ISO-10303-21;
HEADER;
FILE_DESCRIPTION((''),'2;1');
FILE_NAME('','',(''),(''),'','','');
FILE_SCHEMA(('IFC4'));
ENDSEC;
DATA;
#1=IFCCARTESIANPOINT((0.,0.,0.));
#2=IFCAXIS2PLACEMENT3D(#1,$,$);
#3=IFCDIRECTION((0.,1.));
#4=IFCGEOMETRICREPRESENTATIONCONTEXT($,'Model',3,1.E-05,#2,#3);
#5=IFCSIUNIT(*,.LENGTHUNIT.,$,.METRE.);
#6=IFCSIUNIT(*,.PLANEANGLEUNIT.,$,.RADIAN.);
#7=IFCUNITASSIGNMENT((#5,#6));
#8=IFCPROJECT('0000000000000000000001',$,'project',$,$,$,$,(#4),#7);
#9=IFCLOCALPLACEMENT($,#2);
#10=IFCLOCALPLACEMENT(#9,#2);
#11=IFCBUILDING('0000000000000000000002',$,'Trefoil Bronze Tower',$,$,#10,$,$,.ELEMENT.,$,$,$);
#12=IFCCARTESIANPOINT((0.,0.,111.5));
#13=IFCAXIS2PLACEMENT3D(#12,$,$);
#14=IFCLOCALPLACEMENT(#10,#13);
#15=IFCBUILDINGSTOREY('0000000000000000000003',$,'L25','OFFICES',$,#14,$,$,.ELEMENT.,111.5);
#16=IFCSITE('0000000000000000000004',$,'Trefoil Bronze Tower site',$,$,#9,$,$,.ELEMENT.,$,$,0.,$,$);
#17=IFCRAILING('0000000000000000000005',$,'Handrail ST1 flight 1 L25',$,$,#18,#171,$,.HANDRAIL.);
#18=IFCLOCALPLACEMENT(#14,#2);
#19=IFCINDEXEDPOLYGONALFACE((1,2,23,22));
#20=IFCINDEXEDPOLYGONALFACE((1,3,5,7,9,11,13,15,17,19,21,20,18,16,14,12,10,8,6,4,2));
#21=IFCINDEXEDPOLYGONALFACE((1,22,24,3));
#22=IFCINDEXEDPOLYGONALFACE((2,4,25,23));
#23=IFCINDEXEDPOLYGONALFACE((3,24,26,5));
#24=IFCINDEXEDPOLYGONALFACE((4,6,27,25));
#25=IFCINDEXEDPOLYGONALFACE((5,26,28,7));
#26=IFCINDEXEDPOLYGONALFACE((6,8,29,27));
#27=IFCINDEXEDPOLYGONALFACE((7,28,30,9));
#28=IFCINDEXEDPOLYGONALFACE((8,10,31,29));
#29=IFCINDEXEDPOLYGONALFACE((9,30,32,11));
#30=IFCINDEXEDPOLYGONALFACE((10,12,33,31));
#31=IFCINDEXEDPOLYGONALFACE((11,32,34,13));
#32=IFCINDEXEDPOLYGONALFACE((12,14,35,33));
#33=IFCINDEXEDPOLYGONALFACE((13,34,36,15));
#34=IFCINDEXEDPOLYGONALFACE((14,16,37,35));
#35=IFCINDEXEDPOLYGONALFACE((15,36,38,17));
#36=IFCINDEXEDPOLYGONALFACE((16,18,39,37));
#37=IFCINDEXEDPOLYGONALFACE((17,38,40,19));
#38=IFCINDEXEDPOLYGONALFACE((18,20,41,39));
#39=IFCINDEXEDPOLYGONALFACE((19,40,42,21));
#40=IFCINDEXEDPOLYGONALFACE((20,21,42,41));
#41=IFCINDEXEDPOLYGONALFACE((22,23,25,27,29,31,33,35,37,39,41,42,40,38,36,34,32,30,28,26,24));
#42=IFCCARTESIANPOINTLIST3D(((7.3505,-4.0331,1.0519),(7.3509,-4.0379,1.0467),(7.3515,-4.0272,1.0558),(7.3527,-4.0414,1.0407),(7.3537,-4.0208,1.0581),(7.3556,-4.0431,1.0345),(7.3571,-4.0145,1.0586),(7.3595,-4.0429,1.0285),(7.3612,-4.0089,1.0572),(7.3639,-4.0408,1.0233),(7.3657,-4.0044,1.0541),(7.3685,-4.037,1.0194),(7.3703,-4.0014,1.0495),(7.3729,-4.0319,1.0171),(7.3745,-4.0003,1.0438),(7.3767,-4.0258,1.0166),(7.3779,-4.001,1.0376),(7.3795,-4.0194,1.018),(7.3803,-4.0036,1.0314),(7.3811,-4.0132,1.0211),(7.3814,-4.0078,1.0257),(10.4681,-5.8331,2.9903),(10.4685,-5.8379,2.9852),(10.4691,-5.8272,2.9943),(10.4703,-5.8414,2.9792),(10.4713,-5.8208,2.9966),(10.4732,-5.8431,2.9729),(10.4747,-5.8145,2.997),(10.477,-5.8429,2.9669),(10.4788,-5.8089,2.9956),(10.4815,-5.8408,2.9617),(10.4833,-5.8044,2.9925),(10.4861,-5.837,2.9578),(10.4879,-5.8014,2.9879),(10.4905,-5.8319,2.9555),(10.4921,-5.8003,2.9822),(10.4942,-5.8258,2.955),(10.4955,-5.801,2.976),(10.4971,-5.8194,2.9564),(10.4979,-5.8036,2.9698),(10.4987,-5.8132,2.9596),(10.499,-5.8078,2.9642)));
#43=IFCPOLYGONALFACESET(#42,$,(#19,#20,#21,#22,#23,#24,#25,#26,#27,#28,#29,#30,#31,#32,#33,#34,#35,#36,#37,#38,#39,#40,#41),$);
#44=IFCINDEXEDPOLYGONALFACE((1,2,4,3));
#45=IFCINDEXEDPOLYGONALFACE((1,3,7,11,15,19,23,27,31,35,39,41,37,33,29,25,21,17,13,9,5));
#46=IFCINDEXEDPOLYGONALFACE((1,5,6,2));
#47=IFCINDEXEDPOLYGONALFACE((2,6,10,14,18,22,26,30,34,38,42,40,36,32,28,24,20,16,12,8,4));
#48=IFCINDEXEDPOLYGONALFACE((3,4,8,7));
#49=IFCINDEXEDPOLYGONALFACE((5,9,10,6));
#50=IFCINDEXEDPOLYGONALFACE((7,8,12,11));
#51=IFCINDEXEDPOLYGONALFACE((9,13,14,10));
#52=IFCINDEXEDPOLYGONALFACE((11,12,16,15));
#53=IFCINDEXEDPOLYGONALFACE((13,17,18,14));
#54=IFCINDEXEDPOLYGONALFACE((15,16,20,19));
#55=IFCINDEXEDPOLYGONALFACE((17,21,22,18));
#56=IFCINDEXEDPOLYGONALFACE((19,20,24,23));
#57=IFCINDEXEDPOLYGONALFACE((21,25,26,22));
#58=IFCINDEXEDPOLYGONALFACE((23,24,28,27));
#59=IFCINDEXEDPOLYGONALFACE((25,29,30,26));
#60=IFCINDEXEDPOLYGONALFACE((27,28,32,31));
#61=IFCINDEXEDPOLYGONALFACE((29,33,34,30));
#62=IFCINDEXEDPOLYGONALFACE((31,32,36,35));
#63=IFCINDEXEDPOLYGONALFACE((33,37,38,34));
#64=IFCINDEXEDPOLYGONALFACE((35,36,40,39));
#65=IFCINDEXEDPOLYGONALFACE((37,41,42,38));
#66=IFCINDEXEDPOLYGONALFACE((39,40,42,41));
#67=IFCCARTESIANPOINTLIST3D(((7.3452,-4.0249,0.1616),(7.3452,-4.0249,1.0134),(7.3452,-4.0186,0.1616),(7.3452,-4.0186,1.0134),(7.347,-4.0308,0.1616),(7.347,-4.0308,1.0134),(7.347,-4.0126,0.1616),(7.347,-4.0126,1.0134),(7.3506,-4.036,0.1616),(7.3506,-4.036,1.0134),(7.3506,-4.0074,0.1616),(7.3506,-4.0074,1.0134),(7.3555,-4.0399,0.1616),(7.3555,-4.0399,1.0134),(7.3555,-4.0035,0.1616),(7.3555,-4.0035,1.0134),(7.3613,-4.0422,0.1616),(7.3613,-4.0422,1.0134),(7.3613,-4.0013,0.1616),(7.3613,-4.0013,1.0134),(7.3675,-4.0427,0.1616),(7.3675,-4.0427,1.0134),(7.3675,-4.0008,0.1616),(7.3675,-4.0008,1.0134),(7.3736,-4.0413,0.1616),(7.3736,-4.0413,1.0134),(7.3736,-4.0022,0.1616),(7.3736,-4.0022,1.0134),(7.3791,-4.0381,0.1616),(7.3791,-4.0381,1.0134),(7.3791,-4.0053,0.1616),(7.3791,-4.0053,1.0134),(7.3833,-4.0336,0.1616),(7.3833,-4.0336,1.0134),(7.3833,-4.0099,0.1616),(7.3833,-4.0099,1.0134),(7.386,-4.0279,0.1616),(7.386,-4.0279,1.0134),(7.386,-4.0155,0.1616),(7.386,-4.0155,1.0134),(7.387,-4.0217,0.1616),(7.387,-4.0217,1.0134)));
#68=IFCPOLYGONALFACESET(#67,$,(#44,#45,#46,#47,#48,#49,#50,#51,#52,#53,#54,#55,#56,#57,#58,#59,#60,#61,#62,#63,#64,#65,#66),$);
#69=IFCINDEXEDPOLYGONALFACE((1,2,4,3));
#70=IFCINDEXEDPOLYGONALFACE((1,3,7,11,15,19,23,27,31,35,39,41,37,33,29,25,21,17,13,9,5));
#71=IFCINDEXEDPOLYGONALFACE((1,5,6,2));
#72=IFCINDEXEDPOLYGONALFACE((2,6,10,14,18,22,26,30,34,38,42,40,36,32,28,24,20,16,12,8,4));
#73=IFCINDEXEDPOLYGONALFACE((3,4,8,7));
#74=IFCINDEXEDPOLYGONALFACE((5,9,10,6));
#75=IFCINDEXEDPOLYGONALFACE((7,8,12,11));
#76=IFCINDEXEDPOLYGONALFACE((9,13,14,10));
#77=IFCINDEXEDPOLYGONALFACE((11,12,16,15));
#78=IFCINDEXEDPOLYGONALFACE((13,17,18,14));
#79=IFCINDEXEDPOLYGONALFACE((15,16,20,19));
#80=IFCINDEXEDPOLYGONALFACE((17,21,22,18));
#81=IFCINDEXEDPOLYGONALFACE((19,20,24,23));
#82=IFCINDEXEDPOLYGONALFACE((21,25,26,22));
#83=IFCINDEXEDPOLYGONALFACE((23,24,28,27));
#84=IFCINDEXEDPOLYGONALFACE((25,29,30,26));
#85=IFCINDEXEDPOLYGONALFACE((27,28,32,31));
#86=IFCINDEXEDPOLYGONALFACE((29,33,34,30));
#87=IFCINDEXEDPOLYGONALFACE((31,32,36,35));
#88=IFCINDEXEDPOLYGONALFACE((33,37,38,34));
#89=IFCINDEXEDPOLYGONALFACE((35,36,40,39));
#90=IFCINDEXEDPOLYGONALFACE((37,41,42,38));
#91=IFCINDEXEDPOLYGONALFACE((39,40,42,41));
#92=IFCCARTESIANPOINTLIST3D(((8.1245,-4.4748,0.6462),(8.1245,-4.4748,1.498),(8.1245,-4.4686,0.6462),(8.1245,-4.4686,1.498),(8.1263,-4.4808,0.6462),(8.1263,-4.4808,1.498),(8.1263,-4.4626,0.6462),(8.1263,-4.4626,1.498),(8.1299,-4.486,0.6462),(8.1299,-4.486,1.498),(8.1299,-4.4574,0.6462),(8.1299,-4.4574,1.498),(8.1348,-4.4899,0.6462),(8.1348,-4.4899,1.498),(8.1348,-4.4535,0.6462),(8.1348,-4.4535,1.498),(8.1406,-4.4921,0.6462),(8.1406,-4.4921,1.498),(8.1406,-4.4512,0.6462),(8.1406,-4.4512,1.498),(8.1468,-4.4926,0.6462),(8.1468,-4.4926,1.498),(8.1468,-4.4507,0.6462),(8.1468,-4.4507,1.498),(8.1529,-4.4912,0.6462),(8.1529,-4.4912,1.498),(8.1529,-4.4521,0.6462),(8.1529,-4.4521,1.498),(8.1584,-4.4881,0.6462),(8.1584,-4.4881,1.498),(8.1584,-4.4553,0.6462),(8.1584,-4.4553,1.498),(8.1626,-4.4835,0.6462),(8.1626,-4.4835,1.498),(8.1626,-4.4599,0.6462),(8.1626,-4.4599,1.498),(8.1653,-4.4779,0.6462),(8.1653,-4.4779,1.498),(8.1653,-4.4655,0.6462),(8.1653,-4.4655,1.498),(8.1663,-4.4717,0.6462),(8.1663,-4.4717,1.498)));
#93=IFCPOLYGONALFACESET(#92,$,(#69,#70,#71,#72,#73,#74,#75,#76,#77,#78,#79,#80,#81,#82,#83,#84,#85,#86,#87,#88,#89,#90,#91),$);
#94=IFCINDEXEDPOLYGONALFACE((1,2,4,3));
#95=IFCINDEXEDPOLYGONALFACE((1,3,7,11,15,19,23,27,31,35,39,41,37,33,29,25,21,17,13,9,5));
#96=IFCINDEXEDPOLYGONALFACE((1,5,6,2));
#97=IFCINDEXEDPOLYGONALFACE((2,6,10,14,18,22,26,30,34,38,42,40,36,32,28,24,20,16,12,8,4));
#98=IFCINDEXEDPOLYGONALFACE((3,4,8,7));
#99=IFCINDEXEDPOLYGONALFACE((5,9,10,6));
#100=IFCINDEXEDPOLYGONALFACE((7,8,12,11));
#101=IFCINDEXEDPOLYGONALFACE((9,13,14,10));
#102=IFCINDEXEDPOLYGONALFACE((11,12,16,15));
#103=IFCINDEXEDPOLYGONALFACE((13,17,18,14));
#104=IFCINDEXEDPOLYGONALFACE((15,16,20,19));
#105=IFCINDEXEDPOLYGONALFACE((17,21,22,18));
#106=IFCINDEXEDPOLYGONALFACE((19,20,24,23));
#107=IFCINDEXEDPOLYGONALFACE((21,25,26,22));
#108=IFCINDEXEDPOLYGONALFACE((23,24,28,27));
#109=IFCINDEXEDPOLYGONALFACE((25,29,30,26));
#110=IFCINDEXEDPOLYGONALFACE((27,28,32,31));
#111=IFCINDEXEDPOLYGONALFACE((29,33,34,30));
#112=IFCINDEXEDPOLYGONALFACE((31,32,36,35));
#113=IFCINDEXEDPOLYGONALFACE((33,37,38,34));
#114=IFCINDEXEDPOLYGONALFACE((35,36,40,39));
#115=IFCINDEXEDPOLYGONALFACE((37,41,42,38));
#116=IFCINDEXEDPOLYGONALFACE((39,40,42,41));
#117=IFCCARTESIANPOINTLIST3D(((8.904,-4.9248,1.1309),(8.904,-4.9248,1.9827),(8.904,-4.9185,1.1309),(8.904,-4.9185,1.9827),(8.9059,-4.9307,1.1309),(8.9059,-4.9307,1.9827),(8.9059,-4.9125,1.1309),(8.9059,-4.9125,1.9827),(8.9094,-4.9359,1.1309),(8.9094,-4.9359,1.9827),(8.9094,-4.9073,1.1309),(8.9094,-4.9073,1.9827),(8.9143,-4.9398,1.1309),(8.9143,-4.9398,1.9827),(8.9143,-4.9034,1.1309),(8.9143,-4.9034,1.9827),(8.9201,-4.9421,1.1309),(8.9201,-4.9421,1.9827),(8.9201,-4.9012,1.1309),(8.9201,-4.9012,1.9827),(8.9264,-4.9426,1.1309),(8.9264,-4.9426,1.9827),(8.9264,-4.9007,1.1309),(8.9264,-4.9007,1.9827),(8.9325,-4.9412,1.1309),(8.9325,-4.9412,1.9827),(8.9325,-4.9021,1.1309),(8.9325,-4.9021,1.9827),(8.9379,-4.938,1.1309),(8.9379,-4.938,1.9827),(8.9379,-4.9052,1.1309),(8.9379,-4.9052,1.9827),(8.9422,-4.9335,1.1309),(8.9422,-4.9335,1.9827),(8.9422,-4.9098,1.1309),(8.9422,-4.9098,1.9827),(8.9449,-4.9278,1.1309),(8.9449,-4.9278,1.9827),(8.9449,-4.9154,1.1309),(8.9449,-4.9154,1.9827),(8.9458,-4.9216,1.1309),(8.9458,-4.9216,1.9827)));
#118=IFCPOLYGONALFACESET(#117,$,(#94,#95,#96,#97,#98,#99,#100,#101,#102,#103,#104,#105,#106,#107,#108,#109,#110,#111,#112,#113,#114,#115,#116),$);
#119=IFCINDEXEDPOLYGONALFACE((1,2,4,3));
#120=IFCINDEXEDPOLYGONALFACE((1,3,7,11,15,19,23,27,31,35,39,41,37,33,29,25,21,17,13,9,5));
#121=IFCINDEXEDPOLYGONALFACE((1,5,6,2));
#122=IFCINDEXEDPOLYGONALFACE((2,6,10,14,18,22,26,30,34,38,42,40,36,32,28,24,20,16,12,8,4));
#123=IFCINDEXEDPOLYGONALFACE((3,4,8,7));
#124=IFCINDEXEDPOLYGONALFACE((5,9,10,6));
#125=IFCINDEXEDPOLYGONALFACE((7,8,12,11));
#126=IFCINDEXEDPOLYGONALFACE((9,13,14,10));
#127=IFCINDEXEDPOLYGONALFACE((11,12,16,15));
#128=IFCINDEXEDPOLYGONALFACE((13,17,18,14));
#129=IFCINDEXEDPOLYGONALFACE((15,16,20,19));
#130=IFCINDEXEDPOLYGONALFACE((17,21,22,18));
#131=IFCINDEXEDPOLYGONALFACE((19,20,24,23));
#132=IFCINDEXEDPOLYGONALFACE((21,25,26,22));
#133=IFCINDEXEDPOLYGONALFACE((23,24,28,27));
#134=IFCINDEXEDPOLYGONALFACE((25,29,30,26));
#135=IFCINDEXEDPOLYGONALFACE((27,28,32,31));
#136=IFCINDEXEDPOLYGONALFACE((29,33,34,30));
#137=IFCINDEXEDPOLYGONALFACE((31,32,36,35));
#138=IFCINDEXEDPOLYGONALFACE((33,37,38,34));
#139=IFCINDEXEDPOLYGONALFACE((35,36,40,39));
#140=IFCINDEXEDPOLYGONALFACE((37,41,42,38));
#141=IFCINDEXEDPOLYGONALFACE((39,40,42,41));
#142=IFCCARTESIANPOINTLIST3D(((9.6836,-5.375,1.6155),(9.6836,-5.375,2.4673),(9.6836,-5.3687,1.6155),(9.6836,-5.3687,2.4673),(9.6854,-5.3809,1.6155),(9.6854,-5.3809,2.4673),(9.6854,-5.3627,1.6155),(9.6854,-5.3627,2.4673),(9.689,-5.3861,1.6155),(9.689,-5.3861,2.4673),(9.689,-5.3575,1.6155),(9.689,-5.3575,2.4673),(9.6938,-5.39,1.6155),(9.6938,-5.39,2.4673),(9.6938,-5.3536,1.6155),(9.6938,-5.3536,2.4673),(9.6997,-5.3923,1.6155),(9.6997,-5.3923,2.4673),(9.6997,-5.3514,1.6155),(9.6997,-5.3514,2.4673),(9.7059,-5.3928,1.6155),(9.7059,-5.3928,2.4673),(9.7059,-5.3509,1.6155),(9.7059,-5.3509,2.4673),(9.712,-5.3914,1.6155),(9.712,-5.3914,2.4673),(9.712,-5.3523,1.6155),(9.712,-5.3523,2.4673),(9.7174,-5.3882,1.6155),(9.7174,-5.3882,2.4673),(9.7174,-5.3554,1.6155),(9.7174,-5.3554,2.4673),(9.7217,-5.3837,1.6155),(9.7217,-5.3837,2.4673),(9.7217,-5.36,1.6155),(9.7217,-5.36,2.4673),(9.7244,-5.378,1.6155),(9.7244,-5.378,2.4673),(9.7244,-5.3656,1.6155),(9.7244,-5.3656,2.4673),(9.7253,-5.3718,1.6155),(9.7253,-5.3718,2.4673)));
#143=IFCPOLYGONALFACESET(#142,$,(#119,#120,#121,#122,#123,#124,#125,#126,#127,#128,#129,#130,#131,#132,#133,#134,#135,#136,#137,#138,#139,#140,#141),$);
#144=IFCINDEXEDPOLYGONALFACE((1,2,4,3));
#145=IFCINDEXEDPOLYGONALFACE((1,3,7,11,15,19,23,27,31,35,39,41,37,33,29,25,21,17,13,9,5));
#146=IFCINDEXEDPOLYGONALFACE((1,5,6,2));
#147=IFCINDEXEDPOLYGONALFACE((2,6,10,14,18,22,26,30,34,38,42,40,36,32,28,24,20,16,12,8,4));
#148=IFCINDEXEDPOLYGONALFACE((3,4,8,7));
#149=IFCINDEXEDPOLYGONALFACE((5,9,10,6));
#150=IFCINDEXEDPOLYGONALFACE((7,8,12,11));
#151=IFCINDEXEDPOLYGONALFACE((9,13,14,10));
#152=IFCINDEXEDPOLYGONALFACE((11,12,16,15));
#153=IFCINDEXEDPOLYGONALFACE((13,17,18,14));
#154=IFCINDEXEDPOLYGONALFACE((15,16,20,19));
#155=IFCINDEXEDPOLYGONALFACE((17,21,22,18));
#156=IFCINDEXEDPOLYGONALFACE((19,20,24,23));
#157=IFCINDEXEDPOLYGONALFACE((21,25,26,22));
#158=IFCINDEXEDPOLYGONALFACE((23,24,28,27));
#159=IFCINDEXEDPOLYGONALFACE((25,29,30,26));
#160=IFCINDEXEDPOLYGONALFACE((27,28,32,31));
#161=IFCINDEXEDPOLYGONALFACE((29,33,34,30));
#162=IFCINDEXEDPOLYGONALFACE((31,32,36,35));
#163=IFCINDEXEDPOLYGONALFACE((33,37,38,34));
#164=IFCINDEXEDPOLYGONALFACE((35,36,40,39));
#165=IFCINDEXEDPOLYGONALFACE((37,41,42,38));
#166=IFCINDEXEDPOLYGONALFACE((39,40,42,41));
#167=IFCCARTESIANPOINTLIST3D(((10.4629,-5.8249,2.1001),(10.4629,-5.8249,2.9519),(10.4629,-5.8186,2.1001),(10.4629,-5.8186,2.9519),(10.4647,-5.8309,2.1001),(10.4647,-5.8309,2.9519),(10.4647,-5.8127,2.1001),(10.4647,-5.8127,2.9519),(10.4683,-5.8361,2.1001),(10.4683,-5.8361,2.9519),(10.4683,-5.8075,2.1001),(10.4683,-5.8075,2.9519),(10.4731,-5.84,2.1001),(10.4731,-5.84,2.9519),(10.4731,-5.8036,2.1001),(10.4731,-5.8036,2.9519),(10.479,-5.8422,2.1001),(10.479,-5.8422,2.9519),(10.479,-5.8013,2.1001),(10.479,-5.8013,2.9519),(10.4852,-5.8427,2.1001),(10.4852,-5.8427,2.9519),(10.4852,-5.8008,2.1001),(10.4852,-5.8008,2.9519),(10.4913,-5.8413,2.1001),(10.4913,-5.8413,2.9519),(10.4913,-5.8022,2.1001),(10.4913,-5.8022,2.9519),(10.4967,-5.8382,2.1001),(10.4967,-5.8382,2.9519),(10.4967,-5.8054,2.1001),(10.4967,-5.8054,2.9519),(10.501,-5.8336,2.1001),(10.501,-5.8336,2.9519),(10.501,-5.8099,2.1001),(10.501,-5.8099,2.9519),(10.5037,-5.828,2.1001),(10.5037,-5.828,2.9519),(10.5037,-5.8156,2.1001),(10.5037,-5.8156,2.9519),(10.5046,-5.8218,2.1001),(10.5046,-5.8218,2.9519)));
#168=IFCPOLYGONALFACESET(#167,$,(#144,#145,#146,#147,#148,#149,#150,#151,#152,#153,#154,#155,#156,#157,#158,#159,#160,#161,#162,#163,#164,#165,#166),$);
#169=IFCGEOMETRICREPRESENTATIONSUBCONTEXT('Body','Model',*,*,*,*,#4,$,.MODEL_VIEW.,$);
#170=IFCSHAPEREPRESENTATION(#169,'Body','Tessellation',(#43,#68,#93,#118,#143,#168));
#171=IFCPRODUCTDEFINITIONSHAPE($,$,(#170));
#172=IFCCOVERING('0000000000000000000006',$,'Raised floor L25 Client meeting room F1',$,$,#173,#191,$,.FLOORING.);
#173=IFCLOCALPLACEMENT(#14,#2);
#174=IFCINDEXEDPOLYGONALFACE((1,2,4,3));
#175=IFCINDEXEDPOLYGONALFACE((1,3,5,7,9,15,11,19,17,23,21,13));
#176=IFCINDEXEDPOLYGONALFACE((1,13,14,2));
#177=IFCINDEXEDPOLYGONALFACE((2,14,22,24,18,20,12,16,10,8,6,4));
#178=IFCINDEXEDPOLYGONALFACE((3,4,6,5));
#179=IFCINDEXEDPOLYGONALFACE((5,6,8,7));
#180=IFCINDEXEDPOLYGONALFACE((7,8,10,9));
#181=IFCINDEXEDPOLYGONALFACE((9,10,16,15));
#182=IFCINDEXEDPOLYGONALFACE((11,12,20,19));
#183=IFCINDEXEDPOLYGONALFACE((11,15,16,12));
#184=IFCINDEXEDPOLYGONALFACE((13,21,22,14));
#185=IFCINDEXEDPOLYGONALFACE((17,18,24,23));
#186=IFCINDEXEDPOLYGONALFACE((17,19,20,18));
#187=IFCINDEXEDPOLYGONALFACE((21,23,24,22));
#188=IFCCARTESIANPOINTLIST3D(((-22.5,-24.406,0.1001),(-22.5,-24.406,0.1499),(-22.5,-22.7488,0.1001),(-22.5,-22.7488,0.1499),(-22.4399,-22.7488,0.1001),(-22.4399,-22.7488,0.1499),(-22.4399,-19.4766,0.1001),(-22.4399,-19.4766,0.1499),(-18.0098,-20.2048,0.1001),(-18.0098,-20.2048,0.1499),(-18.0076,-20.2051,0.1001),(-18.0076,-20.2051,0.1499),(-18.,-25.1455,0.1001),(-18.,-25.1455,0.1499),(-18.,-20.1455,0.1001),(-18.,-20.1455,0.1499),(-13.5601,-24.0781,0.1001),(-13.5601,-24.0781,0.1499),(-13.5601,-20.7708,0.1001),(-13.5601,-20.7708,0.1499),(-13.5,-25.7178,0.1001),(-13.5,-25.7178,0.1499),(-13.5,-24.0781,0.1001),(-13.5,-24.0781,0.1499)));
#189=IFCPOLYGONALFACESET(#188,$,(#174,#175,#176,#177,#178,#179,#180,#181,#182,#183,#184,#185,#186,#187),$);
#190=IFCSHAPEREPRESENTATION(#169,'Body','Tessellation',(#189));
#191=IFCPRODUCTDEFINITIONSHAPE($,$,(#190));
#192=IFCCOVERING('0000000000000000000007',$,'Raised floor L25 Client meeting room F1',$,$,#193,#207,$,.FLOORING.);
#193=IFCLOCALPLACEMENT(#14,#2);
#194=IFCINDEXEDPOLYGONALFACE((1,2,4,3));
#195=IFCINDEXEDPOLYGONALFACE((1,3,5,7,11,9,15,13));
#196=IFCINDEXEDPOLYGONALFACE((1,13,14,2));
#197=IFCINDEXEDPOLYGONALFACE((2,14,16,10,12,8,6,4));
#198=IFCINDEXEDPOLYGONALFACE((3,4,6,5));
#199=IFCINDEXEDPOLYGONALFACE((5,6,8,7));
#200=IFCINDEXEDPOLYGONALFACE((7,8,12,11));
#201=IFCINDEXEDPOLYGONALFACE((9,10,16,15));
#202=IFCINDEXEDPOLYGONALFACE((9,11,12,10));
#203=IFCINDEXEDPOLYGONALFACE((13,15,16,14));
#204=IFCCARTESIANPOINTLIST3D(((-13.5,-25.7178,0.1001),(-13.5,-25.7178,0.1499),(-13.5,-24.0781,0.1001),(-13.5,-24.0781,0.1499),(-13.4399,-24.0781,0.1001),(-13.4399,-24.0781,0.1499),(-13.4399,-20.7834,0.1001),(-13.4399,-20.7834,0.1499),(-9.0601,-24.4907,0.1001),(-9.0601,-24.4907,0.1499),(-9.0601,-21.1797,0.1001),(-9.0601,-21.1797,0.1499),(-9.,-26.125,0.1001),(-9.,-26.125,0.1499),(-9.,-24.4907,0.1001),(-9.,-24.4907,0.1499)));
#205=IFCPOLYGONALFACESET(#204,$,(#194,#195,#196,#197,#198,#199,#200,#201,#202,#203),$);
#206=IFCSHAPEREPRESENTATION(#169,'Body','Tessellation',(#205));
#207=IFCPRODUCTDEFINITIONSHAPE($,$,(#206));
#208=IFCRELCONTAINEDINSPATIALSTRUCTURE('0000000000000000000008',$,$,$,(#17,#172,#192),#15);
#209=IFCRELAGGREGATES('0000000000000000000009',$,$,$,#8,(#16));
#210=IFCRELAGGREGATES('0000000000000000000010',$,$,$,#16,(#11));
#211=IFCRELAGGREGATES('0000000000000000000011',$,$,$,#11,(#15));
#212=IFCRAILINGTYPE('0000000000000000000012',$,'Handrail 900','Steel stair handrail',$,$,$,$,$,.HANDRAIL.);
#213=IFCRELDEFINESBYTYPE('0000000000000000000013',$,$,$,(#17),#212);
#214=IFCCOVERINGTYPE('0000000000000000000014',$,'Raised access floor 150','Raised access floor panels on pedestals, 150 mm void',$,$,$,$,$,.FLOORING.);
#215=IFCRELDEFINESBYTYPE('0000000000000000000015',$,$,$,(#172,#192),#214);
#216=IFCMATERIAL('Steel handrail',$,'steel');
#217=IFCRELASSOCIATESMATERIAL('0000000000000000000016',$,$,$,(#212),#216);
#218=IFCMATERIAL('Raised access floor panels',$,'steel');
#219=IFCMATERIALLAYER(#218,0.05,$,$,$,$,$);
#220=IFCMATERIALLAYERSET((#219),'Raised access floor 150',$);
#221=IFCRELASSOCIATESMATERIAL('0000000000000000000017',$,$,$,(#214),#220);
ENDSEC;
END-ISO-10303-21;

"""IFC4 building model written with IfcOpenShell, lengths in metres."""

from ifc_helpers import new_model, si_unit, direction, frame, origin, origin_2d, place, context, subcontext, project, spatial, polyline, circle, outline, extrude, material, layer, layer_set, type_object, element, save


model = new_model("IFC4")

# Units and contexts
model_context = context("Model", 3, precision=1e-05, world=origin(), true_north=direction((0.0, 1.0)))
body_context = subcontext(model_context, "Body", "Model", "MODEL_VIEW")
ifc_project = project(units=[si_unit("LENGTHUNIT", "METRE"), si_unit("PLANEANGLEUNIT", "RADIAN")], contexts=[model_context])

# Site, building, storey
site_placement = place(None, origin())
site = spatial("IfcSite", under=ifc_project, at=site_placement, Name="Trefoil Bronze Tower site", CompositionType="ELEMENT", RefElevation=0.0)
building_placement = place(site_placement, origin())
building = spatial("IfcBuilding", under=site, at=building_placement, Name="Trefoil Bronze Tower", CompositionType="ELEMENT")
storey_placement = place(building_placement, frame((0.0, 0.0, 111.5)))
storey = spatial("IfcBuildingStorey", under=building, at=storey_placement, Name="L25", Description="OFFICES", CompositionType="ELEMENT", Elevation=111.5)

# Railing
ifc_material_1 = material(Name="Steel handrail", Category="steel")
railing_type = type_object("IfcRailingType", Name="Handrail 900", Description="Steel stair handrail", PredefinedType="HANDRAIL", material=ifc_material_1)
railing_placement = place(storey_placement, frame((7.366, -4.0217, 0.1616)))
element("IfcRailing", 1, at=railing_placement, inside=storey, type_object=railing_type, Name="Handrail ST1 flight 1 L25", PredefinedType="HANDRAIL", context=body_context, shape_type="SweptSolid", body=[
    extrude(circle(Radius=0.0239, at=origin_2d()), frame((0.0, 0.0, 0.876), z_axis=(0.762503, -0.440246, 0.474102), x_axis=(0.500012, 0.866018, 0.0)), (0.0, 0.0, 1.0), 4.0886),
    extrude(circle(Radius=0.021, at=origin_2d()), origin(), (0.0, 0.0, 1.0), 0.8518),
    extrude(circle(Radius=0.021, at=origin_2d()), frame((0.7793, -0.45, 0.4846)), (0.0, 0.0, 1.0), 0.8518),
    extrude(circle(Radius=0.021, at=origin_2d()), frame((1.5588, -0.8999, 0.9692)), (0.0, 0.0, 1.0), 0.8518),
    extrude(circle(Radius=0.021, at=origin_2d()), frame((2.3384, -1.3501, 1.4539)), (0.0, 0.0, 1.0), 0.8518),
    extrude(circle(Radius=0.021, at=origin_2d()), frame((3.1177, -1.8, 1.9385)), (0.0, 0.0, 1.0), 0.8518),
])

# Coverings
ifc_material_2 = material(Name="Raised access floor panels", Category="steel")
ifc_layer_1 = layer(ifc_material_2, 0.05)
ifc_layer_set_1 = layer_set([ifc_layer_1], Name="Raised access floor 150")
covering_type_1 = type_object("IfcCoveringType", Name="Raised access floor 150", Description="Raised access floor panels on pedestals, 150 mm void", PredefinedType="FLOORING", material=ifc_layer_set_1)
covering_1_placement = place(storey_placement, frame((0.0, 0.0, 0.1001)))
element("IfcCovering", 2, at=covering_1_placement, inside=storey, type_object=covering_type_1, Name="Raised floor L25 Client meeting room F1", PredefinedType="FLOORING", context=body_context, shape_type="SweptSolid", body=[
    extrude(outline(polyline([(-18.0, -25.1455), (-22.5, -24.406), (-22.5, -22.7488), (-22.4399, -22.7488), (-22.4399, -19.4766), (-18.0098, -20.2048), (-18.0, -20.1455), (-18.0076, -20.2051), (-13.5601, -20.7708), (-13.5601, -24.0781), (-13.5, -24.0781), (-13.5, -25.7178), (-18.0, -25.1455)])), origin(), (0.0, 0.0, 1.0), 0.0498),
])
covering_2_placement = place(storey_placement, frame((0.0, 0.0, 0.1001)))
element("IfcCovering", 3, at=covering_2_placement, inside=storey, type_object=covering_type_1, Name="Raised floor L25 Client meeting room F1", PredefinedType="FLOORING", context=body_context, shape_type="SweptSolid", body=[
    extrude(outline(polyline([(-9.0, -26.125), (-13.5, -25.7178), (-13.5, -24.0781), (-13.4399, -24.0781), (-13.4399, -20.7834), (-9.0601, -21.1797), (-9.0601, -24.4907), (-9.0, -24.4907), (-9.0, -26.125)])), origin(), (0.0, 0.0, 1.0), 0.0498),
])

save(model, "model.ifc")
